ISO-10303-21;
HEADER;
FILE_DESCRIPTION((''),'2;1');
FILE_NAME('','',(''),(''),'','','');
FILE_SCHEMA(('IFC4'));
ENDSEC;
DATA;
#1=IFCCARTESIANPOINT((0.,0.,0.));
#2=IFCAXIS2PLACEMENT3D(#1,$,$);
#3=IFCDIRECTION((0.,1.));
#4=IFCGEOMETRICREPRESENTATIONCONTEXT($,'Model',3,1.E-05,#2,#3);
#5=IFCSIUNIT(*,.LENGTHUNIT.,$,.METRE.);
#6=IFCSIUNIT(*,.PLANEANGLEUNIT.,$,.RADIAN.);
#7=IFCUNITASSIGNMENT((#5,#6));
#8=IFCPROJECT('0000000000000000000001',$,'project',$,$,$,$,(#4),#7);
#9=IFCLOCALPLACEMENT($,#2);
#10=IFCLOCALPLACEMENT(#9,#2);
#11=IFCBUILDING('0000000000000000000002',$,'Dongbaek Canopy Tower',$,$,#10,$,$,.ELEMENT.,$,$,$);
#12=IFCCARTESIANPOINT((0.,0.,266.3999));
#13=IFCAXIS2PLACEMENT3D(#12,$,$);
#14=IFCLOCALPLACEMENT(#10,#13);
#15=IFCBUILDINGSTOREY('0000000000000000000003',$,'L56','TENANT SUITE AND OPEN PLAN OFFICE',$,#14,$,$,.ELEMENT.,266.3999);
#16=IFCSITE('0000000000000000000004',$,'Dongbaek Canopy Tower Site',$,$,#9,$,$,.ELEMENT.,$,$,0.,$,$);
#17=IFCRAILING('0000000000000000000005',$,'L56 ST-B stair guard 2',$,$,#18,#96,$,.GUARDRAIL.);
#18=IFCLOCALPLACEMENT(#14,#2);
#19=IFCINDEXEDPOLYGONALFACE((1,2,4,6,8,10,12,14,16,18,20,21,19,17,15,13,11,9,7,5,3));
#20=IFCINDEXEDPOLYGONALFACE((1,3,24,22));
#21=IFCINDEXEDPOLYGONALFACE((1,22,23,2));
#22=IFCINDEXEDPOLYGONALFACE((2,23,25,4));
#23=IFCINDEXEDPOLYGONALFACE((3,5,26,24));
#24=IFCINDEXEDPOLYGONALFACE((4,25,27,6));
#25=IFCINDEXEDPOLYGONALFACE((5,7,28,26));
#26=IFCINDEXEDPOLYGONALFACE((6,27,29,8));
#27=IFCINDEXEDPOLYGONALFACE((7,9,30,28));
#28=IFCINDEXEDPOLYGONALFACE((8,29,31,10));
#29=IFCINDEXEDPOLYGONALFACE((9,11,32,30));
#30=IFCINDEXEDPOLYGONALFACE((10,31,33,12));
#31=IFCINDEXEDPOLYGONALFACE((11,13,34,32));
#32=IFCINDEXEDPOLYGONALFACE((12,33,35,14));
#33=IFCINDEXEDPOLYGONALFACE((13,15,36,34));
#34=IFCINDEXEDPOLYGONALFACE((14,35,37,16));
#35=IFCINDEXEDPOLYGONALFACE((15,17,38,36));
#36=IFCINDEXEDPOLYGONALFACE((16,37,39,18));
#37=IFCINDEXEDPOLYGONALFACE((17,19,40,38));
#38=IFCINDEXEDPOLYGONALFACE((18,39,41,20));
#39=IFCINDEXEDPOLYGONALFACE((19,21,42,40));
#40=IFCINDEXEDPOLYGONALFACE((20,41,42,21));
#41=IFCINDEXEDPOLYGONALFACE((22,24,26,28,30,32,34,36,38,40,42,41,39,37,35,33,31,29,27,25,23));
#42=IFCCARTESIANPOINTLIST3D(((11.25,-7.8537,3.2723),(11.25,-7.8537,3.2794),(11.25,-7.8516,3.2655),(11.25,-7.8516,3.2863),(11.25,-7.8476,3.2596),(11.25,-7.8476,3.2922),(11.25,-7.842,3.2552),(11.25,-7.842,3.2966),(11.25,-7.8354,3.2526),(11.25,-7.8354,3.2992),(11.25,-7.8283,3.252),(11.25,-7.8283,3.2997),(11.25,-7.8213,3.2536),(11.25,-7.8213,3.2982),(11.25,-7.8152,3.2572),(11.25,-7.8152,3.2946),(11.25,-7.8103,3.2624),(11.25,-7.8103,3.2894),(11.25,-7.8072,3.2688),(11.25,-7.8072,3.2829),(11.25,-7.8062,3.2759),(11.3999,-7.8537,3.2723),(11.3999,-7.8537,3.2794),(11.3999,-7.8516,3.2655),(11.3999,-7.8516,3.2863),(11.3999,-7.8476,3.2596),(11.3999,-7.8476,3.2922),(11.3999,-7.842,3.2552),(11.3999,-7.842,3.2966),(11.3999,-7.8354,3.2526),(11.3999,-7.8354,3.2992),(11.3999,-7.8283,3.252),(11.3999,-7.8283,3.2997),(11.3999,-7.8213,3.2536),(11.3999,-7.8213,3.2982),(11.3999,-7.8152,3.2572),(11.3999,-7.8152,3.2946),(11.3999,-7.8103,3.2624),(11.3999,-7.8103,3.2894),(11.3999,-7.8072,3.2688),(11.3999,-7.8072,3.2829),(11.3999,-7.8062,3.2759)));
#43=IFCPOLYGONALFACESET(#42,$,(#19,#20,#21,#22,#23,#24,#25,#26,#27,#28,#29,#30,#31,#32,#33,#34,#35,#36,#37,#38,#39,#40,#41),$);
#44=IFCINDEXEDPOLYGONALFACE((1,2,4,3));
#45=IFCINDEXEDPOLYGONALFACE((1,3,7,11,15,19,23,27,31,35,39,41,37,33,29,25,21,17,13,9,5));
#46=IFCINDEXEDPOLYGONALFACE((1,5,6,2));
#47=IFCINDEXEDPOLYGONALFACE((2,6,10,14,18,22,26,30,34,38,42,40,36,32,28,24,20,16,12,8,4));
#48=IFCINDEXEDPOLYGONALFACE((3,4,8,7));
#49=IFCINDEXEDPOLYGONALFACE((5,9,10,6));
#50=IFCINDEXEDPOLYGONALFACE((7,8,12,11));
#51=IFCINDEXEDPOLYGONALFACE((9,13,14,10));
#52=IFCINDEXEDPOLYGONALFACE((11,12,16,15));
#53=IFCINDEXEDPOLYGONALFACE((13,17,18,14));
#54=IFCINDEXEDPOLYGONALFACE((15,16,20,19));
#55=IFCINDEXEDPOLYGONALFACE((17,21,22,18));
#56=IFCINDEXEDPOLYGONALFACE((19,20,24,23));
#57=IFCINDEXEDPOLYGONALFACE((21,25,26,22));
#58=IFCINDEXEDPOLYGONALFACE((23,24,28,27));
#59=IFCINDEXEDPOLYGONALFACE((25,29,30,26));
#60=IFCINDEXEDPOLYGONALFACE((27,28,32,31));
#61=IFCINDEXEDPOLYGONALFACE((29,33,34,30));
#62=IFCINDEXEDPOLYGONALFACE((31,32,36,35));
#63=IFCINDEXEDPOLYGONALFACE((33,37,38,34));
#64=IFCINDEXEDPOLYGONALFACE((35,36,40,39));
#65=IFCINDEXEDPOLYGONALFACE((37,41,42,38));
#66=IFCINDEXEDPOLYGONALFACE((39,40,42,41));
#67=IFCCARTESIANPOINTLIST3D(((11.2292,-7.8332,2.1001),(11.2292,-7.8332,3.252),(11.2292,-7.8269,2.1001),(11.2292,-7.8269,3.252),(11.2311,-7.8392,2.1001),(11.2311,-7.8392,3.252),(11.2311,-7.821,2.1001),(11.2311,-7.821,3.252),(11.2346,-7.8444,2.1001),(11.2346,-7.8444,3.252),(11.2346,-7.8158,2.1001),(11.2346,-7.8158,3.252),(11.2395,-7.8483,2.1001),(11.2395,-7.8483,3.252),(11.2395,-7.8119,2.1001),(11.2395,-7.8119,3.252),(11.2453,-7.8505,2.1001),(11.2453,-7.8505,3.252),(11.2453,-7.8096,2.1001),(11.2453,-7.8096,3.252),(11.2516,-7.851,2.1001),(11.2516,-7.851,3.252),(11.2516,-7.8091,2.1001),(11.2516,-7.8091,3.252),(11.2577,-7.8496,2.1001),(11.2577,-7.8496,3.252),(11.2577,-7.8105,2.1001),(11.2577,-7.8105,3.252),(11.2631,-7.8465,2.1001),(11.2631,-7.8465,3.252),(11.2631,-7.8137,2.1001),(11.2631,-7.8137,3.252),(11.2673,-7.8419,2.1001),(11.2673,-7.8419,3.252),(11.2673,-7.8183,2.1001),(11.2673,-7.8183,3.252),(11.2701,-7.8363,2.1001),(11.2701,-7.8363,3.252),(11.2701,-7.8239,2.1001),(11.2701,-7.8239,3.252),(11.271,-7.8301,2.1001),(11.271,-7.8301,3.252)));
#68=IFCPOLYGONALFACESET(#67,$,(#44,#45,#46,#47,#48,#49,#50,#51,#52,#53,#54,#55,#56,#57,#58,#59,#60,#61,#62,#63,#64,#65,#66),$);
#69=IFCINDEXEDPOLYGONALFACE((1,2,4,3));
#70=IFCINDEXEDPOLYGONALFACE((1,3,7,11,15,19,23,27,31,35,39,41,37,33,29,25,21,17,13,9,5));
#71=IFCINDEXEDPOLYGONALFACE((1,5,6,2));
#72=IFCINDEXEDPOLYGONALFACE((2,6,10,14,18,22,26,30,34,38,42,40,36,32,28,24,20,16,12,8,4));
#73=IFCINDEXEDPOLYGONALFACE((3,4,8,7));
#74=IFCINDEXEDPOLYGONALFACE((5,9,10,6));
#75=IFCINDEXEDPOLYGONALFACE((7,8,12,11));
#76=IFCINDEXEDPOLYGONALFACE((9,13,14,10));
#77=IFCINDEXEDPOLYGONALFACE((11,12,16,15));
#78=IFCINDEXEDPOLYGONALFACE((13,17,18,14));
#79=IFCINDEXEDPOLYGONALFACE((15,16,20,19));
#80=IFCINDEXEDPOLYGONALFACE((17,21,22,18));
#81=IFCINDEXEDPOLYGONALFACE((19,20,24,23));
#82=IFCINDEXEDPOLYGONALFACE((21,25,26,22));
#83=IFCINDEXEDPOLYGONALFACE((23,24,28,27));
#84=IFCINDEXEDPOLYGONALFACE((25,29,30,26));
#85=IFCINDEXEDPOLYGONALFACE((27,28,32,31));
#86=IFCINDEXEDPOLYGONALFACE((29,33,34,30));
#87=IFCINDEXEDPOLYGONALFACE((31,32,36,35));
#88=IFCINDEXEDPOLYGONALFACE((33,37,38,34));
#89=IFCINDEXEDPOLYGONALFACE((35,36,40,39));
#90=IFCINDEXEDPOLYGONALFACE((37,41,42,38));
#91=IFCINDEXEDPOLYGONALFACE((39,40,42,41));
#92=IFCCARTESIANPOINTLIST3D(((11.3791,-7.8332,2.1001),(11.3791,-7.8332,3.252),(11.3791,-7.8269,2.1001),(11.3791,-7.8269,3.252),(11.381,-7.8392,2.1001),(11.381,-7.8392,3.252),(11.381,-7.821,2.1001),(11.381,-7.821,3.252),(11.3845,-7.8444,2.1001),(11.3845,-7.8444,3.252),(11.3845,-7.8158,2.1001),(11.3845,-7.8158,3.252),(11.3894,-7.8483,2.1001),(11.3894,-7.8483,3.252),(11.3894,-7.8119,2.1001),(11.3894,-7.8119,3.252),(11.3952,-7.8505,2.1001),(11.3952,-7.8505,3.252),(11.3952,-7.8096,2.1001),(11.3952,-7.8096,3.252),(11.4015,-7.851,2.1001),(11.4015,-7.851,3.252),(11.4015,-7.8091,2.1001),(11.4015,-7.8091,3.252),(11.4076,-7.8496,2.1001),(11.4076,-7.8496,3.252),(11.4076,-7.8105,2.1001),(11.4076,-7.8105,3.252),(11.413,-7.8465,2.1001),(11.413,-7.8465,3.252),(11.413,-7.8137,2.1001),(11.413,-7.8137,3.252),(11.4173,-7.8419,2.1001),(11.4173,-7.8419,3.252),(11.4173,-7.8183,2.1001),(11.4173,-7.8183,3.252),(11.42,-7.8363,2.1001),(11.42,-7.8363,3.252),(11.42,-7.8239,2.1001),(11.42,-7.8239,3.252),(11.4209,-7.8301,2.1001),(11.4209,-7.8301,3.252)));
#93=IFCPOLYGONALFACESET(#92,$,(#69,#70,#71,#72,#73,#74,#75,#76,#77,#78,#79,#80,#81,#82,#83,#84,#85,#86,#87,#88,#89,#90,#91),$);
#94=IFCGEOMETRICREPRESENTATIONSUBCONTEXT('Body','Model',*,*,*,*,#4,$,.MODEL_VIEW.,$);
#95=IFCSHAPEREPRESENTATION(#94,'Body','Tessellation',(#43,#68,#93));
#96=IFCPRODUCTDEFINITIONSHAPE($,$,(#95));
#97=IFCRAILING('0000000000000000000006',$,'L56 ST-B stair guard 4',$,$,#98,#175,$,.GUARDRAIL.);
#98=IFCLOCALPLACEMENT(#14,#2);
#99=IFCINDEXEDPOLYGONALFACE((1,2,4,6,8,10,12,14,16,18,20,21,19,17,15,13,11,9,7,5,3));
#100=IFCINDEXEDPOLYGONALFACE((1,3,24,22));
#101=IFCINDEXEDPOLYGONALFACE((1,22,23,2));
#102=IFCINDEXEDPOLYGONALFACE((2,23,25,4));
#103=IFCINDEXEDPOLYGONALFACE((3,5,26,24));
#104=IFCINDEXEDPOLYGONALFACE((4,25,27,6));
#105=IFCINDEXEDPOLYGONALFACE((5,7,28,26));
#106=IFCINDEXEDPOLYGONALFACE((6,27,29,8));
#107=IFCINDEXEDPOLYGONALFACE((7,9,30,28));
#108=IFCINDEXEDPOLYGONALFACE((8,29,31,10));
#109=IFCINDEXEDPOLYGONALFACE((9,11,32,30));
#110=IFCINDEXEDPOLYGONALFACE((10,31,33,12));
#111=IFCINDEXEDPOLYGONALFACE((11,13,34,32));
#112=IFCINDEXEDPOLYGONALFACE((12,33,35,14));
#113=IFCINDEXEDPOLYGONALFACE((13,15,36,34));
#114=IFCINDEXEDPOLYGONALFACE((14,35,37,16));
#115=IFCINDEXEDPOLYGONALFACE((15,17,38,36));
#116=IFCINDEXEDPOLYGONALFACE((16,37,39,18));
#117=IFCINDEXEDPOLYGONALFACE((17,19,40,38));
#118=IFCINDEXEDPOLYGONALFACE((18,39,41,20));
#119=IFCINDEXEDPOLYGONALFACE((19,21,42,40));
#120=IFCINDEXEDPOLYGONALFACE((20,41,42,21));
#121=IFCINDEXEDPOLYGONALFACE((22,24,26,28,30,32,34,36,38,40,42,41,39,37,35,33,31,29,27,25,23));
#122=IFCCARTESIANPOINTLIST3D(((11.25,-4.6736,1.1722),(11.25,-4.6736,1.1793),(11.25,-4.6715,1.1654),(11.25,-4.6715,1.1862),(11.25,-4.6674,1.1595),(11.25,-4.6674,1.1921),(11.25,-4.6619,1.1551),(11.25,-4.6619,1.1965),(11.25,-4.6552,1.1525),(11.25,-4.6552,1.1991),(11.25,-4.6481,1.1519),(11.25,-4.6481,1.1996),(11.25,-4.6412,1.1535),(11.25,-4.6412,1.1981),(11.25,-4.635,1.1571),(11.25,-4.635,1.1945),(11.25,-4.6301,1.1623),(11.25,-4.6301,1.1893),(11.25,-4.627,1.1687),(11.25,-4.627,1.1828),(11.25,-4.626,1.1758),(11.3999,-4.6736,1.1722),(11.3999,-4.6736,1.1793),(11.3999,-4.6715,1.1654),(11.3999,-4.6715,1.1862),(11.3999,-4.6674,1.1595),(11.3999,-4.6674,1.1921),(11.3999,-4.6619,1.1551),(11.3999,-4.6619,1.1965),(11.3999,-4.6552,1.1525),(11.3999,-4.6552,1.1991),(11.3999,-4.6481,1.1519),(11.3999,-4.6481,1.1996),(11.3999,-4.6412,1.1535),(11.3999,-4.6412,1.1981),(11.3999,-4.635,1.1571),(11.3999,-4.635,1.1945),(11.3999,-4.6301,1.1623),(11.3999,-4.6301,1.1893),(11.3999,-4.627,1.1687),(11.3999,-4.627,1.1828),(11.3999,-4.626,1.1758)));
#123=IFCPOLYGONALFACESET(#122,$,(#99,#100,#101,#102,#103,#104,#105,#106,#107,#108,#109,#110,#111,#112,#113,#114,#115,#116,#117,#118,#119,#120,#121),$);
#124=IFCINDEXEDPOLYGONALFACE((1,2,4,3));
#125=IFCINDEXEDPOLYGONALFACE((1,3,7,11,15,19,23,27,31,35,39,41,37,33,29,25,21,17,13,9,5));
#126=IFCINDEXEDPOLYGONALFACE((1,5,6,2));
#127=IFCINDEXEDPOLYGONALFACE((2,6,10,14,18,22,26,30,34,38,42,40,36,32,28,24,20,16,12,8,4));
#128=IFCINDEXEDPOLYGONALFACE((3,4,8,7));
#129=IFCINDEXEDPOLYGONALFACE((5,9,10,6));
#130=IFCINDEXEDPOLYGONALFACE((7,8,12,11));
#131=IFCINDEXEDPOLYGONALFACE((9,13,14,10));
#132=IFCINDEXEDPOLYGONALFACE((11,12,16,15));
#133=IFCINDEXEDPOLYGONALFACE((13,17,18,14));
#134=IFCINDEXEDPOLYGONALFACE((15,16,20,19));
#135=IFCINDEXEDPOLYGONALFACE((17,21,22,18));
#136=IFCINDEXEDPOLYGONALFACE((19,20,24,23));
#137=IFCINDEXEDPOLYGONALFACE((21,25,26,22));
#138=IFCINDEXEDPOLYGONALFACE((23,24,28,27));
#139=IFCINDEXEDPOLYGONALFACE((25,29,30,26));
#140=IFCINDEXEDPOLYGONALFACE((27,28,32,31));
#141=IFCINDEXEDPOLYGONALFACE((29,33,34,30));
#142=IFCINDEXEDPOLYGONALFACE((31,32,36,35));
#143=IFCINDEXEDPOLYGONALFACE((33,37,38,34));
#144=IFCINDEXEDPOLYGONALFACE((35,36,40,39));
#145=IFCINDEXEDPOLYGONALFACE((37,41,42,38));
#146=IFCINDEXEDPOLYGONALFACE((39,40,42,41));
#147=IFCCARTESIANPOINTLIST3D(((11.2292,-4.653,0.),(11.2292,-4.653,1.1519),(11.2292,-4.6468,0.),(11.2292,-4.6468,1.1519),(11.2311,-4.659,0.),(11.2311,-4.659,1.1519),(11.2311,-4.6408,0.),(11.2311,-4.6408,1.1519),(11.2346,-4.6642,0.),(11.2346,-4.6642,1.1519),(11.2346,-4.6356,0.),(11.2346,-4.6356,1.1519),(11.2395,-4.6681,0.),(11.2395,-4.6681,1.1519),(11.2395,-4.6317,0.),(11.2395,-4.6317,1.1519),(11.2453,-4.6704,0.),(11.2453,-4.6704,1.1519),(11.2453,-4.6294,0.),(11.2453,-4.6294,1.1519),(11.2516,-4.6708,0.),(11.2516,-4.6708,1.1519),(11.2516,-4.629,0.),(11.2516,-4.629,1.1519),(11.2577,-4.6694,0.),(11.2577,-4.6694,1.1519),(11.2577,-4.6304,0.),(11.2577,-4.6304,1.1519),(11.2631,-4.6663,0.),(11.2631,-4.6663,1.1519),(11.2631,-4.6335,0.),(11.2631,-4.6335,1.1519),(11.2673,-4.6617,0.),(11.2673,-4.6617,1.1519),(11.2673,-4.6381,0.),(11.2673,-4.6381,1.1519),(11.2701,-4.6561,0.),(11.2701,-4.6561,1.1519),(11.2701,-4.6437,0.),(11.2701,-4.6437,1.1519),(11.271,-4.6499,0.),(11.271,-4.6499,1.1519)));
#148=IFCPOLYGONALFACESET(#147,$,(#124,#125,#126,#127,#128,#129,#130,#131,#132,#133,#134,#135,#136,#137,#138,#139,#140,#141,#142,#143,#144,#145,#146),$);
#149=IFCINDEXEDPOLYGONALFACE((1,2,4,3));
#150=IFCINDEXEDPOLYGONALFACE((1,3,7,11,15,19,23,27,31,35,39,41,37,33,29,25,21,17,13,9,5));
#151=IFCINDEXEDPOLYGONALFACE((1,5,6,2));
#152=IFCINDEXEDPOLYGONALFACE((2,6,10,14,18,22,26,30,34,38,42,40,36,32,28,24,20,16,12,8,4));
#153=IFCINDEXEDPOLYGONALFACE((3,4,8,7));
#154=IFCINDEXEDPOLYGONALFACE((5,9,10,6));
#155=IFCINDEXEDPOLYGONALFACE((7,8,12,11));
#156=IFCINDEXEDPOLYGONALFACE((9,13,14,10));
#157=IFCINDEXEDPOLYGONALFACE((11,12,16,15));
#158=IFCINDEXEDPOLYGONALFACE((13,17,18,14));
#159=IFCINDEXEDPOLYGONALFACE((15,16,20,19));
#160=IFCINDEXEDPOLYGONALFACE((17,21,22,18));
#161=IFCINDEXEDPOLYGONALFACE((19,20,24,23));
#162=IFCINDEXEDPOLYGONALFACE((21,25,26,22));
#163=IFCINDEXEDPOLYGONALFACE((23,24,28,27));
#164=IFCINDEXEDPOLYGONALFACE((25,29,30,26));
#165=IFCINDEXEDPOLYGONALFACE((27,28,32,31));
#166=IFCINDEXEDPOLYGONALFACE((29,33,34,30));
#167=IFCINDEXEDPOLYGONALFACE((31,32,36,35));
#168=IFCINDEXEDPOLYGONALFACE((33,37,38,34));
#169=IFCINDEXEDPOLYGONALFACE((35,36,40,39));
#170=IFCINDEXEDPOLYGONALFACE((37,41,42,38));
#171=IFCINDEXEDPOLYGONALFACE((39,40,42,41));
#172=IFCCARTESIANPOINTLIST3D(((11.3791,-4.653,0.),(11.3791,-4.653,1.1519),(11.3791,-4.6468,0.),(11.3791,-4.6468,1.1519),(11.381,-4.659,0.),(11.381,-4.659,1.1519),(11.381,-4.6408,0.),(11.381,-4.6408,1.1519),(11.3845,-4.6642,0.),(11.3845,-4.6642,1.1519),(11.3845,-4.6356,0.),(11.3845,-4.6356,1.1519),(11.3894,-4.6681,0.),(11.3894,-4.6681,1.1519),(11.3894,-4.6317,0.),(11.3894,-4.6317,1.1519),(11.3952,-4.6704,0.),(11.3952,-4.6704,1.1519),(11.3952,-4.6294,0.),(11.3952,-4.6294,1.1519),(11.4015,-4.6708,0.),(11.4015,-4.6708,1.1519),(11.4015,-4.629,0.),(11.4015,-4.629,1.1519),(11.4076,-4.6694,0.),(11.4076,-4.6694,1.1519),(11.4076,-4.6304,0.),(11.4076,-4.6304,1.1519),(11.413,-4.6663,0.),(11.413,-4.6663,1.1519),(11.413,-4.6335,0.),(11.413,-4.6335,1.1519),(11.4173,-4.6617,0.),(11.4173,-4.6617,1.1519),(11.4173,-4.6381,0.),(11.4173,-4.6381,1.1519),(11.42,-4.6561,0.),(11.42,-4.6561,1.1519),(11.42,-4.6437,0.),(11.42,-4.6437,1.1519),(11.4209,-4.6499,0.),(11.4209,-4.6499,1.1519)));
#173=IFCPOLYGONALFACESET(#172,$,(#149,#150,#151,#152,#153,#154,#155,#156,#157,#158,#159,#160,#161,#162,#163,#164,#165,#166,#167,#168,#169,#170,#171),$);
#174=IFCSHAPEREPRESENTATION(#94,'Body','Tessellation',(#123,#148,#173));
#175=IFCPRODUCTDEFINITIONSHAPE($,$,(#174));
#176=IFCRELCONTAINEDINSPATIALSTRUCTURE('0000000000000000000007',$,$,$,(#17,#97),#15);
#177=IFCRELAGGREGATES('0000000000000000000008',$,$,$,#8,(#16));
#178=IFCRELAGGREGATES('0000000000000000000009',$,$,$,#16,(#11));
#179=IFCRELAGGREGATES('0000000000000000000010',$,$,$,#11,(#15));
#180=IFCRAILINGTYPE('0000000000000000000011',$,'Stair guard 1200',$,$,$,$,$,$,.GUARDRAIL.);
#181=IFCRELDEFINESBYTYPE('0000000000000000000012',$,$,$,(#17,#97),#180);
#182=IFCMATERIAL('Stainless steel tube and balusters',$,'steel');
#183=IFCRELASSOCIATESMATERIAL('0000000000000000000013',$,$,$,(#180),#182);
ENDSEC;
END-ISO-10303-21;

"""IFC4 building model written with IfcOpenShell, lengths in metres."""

from ifc_helpers import new_model, si_unit, direction, frame, origin, origin_2d, place, context, subcontext, project, spatial, circle, extrude, material, type_object, element, save


model = new_model("IFC4")

# Units and contexts
model_context = context("Model", 3, precision=1e-05, world=origin(), true_north=direction((0.0, 1.0)))
body_context = subcontext(model_context, "Body", "Model", "MODEL_VIEW")
ifc_project = project(units=[si_unit("LENGTHUNIT", "METRE"), si_unit("PLANEANGLEUNIT", "RADIAN")], contexts=[model_context])

# Site, building, storey
site_placement = place(None, origin())
site = spatial("IfcSite", under=ifc_project, at=site_placement, Name="Dongbaek Canopy Tower Site", CompositionType="ELEMENT", RefElevation=0.0)
building_placement = place(site_placement, origin())
building = spatial("IfcBuilding", under=site, at=building_placement, Name="Dongbaek Canopy Tower", CompositionType="ELEMENT")
storey_placement = place(building_placement, frame((0.0, 0.0, 266.3999)))
storey = spatial("IfcBuildingStorey", under=building, at=storey_placement, Name="L56", Description="TENANT SUITE AND OPEN PLAN OFFICE", CompositionType="ELEMENT", Elevation=266.3999)

# Railings
ifc_material_1 = material(Name="Stainless steel tube and balusters", Category="steel")
railing_type_1 = type_object("IfcRailingType", Name="Stair guard 1200", PredefinedType="GUARDRAIL", material=ifc_material_1)
for number, where, name in (
    (1, (11.25, -7.8301, 2.1001), "L56 ST-B stair guard 2"),
    (2, (11.25, -4.6499, 0.0), "L56 ST-B stair guard 4"),
):
    element("IfcRailing", number, at=place(storey_placement, frame(where)), inside=storey, type_object=railing_type_1, Name=name, PredefinedType="GUARDRAIL", context=body_context, shape_type="SweptSolid", body=[
        extrude(circle(Radius=0.0239, at=origin_2d()), frame((0.0, 0.0, 1.1758), z_axis=(1.0, 0.0, 0.0), x_axis=(0.0, 1.0, 0.0)), (0.0, 0.0, 1.0), 0.1499),
        extrude(circle(Radius=0.021, at=origin_2d()), origin(), (0.0, 0.0, 1.0), 1.1519),
        extrude(circle(Radius=0.021, at=origin_2d()), frame((0.1499, 0.0, 0.0)), (0.0, 0.0, 1.0), 1.1519),
    ])

save(model, "model.ifc")
